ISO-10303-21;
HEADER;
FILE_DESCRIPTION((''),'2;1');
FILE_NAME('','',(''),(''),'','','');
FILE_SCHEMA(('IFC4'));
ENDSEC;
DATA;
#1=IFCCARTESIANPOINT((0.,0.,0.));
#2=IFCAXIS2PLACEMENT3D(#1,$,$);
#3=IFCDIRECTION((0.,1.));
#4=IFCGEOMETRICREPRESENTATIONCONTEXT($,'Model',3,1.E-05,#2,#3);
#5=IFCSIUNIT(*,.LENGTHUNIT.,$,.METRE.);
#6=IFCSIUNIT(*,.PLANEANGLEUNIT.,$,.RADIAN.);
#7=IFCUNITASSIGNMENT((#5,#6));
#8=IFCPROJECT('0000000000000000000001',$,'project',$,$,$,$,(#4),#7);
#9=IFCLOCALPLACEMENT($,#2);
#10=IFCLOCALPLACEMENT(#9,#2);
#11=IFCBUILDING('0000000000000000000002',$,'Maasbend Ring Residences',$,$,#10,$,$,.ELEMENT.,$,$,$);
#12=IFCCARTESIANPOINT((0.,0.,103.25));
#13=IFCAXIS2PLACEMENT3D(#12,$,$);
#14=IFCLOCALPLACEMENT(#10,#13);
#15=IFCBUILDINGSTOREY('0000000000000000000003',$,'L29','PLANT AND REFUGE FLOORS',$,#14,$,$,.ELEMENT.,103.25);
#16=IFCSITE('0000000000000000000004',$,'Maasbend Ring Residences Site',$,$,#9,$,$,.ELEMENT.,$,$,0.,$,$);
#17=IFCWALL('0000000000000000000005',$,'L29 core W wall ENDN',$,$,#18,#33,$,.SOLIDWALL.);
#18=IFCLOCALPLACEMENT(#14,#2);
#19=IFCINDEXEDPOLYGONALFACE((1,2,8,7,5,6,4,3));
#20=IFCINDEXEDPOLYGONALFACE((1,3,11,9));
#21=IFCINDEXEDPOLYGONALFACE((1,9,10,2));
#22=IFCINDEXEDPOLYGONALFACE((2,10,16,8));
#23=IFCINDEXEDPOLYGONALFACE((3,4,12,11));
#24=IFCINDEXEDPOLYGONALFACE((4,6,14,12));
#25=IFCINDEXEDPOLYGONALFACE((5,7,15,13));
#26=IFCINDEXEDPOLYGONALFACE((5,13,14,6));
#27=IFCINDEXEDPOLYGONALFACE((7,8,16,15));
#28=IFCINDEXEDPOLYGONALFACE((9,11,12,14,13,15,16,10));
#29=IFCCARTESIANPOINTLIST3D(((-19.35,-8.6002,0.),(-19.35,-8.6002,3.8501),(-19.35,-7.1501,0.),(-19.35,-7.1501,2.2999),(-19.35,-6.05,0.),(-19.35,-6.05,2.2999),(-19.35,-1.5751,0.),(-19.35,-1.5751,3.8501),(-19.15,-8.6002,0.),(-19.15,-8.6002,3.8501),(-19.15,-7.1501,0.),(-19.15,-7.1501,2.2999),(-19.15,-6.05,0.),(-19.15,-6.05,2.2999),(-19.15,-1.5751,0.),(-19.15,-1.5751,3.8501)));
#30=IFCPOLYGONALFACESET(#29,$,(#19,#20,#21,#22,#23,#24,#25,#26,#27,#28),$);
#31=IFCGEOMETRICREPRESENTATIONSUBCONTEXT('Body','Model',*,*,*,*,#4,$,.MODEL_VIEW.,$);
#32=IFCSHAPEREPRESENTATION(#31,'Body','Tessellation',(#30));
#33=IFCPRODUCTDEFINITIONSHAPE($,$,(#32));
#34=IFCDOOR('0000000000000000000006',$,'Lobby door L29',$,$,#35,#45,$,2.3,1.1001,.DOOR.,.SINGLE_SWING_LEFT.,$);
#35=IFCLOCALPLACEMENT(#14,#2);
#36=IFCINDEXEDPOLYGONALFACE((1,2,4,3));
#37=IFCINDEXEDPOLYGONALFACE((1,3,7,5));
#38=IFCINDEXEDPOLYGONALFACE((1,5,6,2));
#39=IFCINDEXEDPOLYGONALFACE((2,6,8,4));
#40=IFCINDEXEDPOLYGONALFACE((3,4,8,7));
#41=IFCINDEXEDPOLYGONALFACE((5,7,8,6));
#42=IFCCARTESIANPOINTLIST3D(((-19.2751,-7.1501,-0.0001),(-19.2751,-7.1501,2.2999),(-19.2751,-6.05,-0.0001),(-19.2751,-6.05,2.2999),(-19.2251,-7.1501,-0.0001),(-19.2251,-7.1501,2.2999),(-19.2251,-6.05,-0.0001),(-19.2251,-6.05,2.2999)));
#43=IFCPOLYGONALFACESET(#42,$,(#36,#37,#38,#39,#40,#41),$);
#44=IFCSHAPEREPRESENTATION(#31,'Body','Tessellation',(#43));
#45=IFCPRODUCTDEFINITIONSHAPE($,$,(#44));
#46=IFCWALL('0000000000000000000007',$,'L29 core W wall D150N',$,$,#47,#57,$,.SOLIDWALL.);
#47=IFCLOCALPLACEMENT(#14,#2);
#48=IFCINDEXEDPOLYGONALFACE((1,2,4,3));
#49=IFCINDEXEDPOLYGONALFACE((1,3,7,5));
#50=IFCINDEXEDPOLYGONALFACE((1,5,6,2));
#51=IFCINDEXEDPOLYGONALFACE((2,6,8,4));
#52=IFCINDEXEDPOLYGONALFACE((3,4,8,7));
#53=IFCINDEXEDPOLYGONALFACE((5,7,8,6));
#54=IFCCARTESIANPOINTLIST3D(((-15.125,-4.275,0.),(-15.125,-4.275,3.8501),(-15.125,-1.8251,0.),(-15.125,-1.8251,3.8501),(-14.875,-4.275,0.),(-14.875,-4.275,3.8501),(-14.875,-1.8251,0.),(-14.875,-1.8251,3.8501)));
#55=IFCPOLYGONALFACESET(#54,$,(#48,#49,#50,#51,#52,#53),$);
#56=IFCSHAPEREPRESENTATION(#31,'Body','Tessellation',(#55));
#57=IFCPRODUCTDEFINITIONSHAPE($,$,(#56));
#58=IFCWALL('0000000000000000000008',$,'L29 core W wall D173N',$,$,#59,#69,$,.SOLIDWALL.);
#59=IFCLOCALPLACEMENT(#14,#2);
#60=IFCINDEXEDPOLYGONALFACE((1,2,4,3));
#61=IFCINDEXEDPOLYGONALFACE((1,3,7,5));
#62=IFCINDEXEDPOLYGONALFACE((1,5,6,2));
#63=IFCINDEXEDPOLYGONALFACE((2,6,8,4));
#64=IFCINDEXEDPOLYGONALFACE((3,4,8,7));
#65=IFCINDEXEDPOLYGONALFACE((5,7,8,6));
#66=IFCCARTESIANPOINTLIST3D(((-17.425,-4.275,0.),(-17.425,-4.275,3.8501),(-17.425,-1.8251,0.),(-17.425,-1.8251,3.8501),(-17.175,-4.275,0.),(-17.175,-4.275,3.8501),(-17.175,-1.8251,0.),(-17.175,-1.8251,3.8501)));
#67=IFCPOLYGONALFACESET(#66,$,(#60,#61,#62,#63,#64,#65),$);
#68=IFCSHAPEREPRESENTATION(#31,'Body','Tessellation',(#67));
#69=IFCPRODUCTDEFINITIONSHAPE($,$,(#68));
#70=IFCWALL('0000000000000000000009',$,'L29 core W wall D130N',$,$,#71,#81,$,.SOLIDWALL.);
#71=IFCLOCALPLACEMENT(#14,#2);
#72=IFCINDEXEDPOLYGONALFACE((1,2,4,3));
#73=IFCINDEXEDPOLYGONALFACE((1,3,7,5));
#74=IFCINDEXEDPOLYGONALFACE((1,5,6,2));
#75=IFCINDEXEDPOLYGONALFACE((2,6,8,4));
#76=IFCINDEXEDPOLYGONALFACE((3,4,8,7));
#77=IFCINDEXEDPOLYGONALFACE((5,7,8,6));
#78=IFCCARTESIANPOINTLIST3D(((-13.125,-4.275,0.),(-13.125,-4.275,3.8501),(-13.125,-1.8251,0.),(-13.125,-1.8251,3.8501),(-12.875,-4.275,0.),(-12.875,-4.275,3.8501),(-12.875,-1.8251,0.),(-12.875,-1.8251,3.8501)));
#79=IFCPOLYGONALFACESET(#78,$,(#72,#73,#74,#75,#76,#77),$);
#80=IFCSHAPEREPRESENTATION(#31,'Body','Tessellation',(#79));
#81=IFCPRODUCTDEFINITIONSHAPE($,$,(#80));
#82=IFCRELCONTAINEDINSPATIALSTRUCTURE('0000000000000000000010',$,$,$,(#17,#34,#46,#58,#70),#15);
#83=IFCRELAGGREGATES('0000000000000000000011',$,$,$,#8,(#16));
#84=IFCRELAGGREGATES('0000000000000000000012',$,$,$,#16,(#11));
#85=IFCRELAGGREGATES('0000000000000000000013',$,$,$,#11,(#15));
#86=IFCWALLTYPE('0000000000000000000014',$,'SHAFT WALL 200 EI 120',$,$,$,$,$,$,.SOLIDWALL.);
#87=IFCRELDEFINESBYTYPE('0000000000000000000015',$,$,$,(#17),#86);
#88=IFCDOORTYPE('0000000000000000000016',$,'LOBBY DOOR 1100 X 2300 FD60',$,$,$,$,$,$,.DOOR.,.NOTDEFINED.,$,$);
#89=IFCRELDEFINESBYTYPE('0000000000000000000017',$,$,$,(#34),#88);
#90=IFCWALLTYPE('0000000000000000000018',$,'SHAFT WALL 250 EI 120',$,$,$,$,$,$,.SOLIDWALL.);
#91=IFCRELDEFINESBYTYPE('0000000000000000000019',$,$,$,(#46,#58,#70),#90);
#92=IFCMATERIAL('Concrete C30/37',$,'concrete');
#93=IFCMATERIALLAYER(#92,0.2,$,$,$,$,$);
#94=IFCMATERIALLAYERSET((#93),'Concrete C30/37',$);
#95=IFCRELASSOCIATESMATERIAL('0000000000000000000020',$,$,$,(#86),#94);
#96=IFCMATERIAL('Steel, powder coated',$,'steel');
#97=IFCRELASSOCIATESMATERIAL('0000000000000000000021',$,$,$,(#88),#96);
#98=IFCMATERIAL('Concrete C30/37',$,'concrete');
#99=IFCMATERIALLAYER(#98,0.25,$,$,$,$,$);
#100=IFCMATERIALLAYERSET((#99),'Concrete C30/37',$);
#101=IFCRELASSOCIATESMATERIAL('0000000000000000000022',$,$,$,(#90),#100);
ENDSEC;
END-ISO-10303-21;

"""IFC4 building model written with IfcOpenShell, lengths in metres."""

from ifc_helpers import new_model, si_unit, direction, frame, frame_2d, origin, place, context, subcontext, project, spatial, rectangle, extrude, material, layer, layer_set, type_object, element, fill, save


model = new_model("IFC4")

# Units and contexts
model_context = context("Model", 3, precision=1e-05, world=origin(), true_north=direction((0.0, 1.0)))
body_context = subcontext(model_context, "Body", "Model", "MODEL_VIEW")
ifc_project = project(units=[si_unit("LENGTHUNIT", "METRE"), si_unit("PLANEANGLEUNIT", "RADIAN")], contexts=[model_context])

# Site, building, storey
site_placement = place(None, origin())
site = spatial("IfcSite", under=ifc_project, at=site_placement, Name="Maasbend Ring Residences Site", CompositionType="ELEMENT", RefElevation=0.0)
building_placement = place(site_placement, origin())
building = spatial("IfcBuilding", under=site, at=building_placement, Name="Maasbend Ring Residences", CompositionType="ELEMENT")
storey_placement = place(building_placement, frame((0.0, 0.0, 103.25)))
storey = spatial("IfcBuildingStorey", under=building, at=storey_placement, Name="L29", Description="PLANT AND REFUGE FLOORS", CompositionType="ELEMENT", Elevation=103.25)

# Wall, opening, door
ifc_material_1 = material(Name="Concrete C30/37", Category="concrete")
ifc_layer_1 = layer(ifc_material_1, 0.2)
ifc_layer_set_1 = layer_set([ifc_layer_1], Name="Concrete C30/37")
wall_type_1 = type_object("IfcWallType", Name="SHAFT WALL 200 EI 120", PredefinedType="SOLIDWALL", material=ifc_layer_set_1)
wall_1_placement = place(storey_placement, frame((-19.25, -1.575, 0.0), z_axis=(0.0, 0.0, 1.0), x_axis=(0.0, -1.0, 0.0)))
wall_1 = element("IfcWall", 1, at=wall_1_placement, inside=storey, type_object=wall_type_1, Name="L29 core W wall ENDN", PredefinedType="SOLIDWALL", context=body_context, shape_type="SweptSolid", body=[
    extrude(rectangle(XDim=7.0251, YDim=0.2, at=frame_2d((3.5127, 0.0))), origin(), (0.0, 0.0, 1.0), 3.8501),
])
opening_1_placement = place(wall_1_placement, frame((4.4751, 0.0, 0.0)))
opening_1 = element("IfcOpeningElement", 2, at=opening_1_placement, cuts=wall_1, PredefinedType="OPENING", context=body_context, shape_type="SweptSolid", body=[
    extrude(rectangle(XDim=1.1001, YDim=2.3, at=frame_2d((0.55, 1.1499))), frame((0.0, 0.1099, 0.0), z_axis=(0.0, -1.0, 0.0), x_axis=(1.0, 0.0, 0.0)), (0.0, 0.0, 1.0), 0.22),
])
ifc_material_2 = material(Name="Steel, powder coated", Category="steel")
door_type_1 = type_object("IfcDoorType", Name="LOBBY DOOR 1100 X 2300 FD60", OperationType="NOTDEFINED", PredefinedType="DOOR", material=ifc_material_2)
door_1_placement = place(opening_1_placement, origin())
door_1 = element("IfcDoor", 3, at=door_1_placement, inside=storey, type_object=door_type_1, Name="Lobby door L29", OperationType="SINGLE_SWING_LEFT", OverallHeight=2.3, OverallWidth=1.1001, PredefinedType="DOOR", context=body_context, shape_type="SweptSolid", body=[
    extrude(rectangle(XDim=1.1001, YDim=2.3, at=frame_2d((0.55, 1.1499))), frame((0.0, 0.0249, 0.0), z_axis=(0.0, -1.0, 0.0), x_axis=(1.0, 0.0, 0.0)), (0.0, 0.0, 1.0), 0.05),
])
fill(opening_1, door_1)

# Walls
ifc_material_3 = material(Name="Concrete C30/37", Category="concrete")
ifc_layer_2 = layer(ifc_material_3, 0.25)
ifc_layer_set_2 = layer_set([ifc_layer_2], Name="Concrete C30/37")
wall_type_2 = type_object("IfcWallType", Name="SHAFT WALL 250 EI 120", PredefinedType="SOLIDWALL", material=ifc_layer_set_2)
for number, where, z_axis, x_axis, name in (
    (4, (-15.0, -1.825, 0.0), (0.0, 0.0, 1.0), (0.0, -1.0, 0.0), "L29 core W wall D150N"),
    (5, (-17.3, -1.825, 0.0), (0.0, 0.0, 1.0), (0.0, -1.0, 0.0), "L29 core W wall D173N"),
    (6, (-13.0, -1.825, 0.0), (0.0, 0.0, 1.0), (0.0, -1.0, 0.0), "L29 core W wall D130N"),
):
    element("IfcWall", number, at=place(storey_placement, frame(where, z_axis=z_axis, x_axis=x_axis)), inside=storey, type_object=wall_type_2, Name=name, PredefinedType="SOLIDWALL", context=body_context, shape_type="SweptSolid", body=[
        extrude(rectangle(XDim=2.45, YDim=0.25, at=frame_2d((1.2251, 0.0))), origin(), (0.0, 0.0, 1.0), 3.8501),
    ])

save(model, "model.ifc")
